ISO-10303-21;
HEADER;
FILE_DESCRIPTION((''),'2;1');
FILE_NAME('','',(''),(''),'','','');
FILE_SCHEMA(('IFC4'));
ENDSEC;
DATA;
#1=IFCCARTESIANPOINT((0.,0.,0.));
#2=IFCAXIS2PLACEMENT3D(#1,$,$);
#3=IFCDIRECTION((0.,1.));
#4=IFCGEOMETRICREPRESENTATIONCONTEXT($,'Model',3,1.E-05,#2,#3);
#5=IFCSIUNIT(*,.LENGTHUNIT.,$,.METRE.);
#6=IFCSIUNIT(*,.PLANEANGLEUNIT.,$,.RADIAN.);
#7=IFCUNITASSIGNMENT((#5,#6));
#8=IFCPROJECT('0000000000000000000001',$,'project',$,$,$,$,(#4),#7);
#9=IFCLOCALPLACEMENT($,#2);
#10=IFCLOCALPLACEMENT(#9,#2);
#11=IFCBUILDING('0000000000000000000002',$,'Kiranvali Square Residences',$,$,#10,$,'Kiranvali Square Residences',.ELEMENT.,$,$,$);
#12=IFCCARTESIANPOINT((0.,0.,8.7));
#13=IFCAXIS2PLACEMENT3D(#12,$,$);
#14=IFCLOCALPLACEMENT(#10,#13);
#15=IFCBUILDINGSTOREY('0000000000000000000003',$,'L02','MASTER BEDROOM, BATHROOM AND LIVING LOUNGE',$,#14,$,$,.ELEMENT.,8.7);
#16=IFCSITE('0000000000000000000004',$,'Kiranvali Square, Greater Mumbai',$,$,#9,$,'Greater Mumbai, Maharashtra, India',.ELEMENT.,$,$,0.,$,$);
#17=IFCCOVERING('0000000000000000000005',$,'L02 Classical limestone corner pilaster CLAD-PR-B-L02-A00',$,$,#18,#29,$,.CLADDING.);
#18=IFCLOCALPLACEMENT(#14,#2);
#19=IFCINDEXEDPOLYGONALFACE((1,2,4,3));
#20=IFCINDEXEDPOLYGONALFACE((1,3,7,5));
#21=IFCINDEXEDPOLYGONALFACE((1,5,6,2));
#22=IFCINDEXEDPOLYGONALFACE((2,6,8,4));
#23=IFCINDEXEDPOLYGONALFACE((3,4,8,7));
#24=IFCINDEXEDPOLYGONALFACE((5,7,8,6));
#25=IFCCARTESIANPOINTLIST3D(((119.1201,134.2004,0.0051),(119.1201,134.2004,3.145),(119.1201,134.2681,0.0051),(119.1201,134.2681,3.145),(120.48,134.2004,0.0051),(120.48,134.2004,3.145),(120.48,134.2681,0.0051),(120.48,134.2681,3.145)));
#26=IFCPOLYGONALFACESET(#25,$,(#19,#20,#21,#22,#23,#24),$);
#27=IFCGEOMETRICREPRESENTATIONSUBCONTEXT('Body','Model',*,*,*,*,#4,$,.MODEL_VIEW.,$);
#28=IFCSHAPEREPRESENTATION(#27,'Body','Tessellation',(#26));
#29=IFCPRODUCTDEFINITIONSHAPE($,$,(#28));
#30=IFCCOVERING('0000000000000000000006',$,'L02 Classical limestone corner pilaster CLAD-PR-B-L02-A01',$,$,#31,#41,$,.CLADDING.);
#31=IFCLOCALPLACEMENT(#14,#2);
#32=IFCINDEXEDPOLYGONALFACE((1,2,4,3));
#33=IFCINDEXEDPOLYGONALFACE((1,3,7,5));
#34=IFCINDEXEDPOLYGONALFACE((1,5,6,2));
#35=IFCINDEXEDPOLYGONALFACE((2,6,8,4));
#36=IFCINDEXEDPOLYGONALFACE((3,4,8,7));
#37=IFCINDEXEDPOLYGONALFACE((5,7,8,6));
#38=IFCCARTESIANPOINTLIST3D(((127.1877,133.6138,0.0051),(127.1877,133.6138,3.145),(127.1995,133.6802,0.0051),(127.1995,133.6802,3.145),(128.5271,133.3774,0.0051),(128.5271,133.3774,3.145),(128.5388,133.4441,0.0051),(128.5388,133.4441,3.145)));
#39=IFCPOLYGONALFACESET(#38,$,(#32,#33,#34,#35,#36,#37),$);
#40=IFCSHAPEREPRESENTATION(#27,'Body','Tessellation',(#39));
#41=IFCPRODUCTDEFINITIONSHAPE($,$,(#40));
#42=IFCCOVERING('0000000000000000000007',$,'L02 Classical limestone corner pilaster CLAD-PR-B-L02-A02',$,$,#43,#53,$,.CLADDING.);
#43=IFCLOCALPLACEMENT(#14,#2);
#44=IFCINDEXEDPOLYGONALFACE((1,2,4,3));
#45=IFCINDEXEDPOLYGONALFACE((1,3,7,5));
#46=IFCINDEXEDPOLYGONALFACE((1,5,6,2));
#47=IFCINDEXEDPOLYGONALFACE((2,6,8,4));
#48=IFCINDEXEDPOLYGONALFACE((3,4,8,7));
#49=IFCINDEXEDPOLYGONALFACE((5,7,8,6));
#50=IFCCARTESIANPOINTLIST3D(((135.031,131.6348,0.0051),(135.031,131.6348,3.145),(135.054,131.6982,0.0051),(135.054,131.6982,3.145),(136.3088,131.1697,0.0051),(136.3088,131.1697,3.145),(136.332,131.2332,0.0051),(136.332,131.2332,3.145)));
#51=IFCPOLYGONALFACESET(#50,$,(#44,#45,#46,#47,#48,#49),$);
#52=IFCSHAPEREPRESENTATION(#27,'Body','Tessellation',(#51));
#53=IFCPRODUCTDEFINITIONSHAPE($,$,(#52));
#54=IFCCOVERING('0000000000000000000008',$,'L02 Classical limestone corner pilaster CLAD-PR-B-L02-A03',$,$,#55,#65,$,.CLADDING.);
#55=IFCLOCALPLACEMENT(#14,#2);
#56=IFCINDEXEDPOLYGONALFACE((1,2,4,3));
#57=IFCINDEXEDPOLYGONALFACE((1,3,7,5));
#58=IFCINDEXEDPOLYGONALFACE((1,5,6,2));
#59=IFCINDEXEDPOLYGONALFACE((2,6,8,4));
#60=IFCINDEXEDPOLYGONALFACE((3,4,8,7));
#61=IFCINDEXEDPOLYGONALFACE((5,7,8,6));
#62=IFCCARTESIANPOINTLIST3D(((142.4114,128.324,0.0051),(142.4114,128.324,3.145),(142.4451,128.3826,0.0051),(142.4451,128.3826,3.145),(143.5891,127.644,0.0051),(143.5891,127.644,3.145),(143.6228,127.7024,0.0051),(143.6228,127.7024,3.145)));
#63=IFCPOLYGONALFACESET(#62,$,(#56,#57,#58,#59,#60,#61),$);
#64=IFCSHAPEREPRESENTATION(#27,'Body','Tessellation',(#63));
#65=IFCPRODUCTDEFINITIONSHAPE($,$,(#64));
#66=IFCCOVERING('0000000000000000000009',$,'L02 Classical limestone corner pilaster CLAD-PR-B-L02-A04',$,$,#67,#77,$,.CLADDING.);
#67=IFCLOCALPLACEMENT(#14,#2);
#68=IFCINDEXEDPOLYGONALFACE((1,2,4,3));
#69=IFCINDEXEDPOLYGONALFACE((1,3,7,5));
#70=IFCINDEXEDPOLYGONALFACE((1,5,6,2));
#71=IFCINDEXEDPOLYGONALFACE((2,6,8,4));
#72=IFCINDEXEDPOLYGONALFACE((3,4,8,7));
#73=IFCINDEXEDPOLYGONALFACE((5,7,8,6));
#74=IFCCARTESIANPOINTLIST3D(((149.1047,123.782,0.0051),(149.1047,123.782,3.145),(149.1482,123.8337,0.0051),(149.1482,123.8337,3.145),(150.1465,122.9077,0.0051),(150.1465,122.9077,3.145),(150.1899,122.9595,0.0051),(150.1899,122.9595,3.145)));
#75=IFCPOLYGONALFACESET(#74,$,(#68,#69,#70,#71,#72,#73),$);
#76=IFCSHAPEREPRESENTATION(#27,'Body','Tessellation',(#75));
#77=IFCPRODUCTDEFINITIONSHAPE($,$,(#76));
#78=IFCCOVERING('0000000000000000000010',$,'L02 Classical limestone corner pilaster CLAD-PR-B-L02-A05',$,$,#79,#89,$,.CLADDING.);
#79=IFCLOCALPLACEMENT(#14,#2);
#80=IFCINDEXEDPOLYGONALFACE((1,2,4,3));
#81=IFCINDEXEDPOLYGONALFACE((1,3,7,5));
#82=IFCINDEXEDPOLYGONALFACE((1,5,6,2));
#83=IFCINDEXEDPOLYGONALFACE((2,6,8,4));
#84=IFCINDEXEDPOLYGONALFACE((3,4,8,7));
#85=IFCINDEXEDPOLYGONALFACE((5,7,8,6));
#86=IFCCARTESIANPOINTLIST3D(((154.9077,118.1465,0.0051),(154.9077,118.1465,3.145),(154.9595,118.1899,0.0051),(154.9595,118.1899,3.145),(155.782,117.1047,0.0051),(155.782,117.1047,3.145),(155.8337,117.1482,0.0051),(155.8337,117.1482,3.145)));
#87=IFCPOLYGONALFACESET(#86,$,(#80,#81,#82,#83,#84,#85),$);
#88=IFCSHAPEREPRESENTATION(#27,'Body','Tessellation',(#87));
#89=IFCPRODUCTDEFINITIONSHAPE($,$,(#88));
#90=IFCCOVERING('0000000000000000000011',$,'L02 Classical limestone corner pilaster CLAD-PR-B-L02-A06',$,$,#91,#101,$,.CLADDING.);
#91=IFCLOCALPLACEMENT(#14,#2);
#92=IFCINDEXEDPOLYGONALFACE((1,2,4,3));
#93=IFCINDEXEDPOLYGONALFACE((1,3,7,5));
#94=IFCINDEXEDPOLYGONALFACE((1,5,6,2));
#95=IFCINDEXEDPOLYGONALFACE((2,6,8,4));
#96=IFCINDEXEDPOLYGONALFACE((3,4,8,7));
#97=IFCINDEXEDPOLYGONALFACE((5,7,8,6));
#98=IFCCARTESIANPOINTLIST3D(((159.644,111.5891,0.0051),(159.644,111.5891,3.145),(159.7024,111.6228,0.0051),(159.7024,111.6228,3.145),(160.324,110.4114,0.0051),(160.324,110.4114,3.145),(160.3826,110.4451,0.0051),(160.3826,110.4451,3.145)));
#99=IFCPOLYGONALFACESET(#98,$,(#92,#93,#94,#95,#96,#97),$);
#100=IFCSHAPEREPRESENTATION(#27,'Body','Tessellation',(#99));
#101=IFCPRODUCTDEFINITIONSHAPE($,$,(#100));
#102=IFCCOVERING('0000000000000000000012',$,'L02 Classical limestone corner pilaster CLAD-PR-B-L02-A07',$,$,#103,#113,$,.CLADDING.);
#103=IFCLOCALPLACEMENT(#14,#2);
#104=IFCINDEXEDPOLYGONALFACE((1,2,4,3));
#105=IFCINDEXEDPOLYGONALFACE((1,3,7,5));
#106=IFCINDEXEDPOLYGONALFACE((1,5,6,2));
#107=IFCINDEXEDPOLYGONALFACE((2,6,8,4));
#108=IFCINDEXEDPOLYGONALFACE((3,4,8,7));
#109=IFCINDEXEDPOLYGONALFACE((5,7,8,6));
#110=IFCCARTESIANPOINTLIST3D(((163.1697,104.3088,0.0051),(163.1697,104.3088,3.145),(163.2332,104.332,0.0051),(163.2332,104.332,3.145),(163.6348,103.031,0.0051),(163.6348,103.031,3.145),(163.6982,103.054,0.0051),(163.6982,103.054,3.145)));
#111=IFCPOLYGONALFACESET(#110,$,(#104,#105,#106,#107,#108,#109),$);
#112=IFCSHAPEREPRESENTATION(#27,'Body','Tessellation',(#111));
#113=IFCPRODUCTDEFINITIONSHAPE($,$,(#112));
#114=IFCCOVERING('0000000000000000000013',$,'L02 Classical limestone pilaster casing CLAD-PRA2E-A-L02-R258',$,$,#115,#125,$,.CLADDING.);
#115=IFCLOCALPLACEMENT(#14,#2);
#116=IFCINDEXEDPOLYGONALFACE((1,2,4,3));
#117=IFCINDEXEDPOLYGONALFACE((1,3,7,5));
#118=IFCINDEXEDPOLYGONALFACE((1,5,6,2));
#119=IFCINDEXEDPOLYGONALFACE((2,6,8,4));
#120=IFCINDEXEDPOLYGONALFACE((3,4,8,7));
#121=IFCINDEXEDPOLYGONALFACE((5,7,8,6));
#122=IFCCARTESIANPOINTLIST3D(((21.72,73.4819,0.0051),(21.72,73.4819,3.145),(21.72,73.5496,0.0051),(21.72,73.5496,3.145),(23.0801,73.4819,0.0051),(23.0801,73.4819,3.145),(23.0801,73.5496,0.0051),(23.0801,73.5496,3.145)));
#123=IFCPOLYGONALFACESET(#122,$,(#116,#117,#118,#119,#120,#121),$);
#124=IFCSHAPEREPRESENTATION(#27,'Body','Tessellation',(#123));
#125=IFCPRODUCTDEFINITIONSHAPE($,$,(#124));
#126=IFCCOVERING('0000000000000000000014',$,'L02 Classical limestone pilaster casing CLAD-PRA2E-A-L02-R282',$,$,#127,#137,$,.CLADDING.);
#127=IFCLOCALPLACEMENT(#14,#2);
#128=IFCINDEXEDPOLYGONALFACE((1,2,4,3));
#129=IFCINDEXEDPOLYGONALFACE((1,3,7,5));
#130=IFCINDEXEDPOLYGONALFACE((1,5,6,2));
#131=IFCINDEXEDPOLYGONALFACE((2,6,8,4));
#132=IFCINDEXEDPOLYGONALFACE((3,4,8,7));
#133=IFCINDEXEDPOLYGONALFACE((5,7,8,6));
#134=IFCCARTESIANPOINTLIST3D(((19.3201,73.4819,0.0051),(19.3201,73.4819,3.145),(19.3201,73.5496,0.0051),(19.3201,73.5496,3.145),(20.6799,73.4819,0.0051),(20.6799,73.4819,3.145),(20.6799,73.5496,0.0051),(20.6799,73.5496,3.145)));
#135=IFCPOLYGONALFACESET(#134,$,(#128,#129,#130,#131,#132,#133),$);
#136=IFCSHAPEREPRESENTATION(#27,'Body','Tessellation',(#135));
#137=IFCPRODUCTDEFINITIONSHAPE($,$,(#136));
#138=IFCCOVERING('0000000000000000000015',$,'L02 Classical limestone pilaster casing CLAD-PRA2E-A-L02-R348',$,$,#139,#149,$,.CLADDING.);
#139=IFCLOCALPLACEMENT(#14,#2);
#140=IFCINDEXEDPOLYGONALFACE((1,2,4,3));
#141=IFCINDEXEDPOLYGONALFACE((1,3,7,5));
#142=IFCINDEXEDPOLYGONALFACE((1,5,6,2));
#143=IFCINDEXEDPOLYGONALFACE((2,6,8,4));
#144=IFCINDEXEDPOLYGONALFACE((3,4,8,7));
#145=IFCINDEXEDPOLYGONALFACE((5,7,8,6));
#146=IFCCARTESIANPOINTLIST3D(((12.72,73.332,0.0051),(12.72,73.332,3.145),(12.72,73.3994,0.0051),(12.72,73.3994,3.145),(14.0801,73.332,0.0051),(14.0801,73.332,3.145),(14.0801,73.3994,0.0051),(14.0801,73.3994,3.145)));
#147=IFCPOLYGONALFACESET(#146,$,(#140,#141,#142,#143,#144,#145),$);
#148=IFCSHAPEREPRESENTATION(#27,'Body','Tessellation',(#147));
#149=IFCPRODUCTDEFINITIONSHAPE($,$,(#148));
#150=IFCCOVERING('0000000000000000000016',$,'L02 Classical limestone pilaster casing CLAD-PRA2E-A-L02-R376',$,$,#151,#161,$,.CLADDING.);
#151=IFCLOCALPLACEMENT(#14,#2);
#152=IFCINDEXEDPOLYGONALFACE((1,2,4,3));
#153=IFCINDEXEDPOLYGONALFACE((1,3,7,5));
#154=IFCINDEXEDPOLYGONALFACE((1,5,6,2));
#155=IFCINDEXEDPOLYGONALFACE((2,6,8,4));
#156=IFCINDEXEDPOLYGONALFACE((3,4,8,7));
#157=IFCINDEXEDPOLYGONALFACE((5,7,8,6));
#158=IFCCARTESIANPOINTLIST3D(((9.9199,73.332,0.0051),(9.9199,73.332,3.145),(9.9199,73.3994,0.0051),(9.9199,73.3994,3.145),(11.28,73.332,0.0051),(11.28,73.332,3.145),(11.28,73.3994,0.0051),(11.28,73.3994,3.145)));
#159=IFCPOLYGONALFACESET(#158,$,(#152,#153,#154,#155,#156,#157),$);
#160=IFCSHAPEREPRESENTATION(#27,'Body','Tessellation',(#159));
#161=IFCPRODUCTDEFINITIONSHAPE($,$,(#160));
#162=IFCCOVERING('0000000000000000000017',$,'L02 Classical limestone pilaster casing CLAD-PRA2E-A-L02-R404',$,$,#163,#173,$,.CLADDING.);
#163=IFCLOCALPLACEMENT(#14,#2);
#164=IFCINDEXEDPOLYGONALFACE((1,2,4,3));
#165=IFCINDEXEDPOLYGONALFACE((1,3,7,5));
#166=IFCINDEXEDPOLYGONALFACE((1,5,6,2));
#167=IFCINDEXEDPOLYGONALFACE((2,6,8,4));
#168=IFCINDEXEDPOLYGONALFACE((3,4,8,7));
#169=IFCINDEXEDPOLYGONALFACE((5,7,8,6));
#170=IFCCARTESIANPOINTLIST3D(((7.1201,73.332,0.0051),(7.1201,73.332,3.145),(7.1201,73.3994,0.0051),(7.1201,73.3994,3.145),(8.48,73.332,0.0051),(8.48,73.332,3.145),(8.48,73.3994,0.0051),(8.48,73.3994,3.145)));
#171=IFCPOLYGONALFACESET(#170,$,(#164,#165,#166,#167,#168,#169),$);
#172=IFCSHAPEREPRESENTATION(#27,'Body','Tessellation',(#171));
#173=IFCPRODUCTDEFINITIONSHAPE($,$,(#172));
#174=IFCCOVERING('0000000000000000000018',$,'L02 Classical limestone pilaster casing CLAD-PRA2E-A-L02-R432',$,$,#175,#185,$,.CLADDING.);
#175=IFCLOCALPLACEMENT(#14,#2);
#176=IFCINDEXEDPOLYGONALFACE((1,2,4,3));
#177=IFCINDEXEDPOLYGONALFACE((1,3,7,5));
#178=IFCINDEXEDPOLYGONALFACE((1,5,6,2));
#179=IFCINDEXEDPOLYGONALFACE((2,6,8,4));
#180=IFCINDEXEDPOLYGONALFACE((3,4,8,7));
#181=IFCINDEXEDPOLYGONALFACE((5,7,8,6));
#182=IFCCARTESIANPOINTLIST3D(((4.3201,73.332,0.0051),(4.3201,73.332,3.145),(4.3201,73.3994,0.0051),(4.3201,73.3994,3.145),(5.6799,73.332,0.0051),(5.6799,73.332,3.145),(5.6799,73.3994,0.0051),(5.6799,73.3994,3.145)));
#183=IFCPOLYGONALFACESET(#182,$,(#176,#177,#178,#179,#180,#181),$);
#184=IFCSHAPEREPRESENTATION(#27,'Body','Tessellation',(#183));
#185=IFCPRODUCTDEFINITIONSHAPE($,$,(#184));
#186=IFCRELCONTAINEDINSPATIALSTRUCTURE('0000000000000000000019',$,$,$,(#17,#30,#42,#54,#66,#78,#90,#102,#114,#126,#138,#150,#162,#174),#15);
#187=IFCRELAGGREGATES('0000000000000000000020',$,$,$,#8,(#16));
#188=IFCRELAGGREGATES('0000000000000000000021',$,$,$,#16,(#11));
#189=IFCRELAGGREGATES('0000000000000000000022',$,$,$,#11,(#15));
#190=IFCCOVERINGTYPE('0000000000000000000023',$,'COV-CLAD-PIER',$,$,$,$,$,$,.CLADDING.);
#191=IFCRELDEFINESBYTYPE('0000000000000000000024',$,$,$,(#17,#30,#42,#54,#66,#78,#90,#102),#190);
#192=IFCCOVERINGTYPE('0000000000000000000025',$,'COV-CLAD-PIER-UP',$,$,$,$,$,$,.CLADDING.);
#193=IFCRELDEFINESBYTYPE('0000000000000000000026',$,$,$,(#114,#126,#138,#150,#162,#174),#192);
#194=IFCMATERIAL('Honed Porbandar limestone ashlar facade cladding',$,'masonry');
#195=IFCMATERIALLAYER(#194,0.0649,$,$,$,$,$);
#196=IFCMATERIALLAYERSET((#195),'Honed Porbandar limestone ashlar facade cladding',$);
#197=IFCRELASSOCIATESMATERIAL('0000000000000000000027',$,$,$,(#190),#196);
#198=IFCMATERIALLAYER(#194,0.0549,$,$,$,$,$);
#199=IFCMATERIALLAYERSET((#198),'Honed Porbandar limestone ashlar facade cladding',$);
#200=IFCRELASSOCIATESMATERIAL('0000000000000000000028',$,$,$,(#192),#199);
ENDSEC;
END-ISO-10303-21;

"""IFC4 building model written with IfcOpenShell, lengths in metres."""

from ifc_helpers import new_model, si_unit, direction, frame, origin, place, context, subcontext, project, spatial, polyline, outline, extrude, material, layer, layer_set, type_object, element, save


model = new_model("IFC4")

# Units and contexts
model_context = context("Model", 3, precision=1e-05, world=origin(), true_north=direction((0.0, 1.0)))
body_context = subcontext(model_context, "Body", "Model", "MODEL_VIEW")
ifc_project = project(units=[si_unit("LENGTHUNIT", "METRE"), si_unit("PLANEANGLEUNIT", "RADIAN")], contexts=[model_context])

# Site, building, storey
site_placement = place(None, origin())
site = spatial("IfcSite", under=ifc_project, at=site_placement, Name="Kiranvali Square, Greater Mumbai", LongName="Greater Mumbai, Maharashtra, India", CompositionType="ELEMENT", RefElevation=0.0)
building_placement = place(site_placement, origin())
building = spatial("IfcBuilding", under=site, at=building_placement, Name="Kiranvali Square Residences", LongName="Kiranvali Square Residences", CompositionType="ELEMENT")
storey_placement = place(building_placement, frame((0.0, 0.0, 8.7)))
storey = spatial("IfcBuildingStorey", under=building, at=storey_placement, Name="L02", Description="MASTER BEDROOM, BATHROOM AND LIVING LOUNGE", CompositionType="ELEMENT", Elevation=8.7)

# Coverings
ifc_material = material(Name="Honed Porbandar limestone ashlar facade cladding", Category="masonry")
ifc_layer_1 = layer(ifc_material, 0.0649)
ifc_layer_set_1 = layer_set([ifc_layer_1], Name="Honed Porbandar limestone ashlar facade cladding")
covering_type_1 = type_object("IfcCoveringType", Name="COV-CLAD-PIER", PredefinedType="CLADDING", material=ifc_layer_set_1)
covering_1_placement = place(storey_placement, frame((0.0, 0.0, 0.0051)))
element("IfcCovering", 1, at=covering_1_placement, inside=storey, type_object=covering_type_1, Name="L02 Classical limestone corner pilaster CLAD-PR-B-L02-A00", PredefinedType="CLADDING", context=body_context, shape_type="SweptSolid", body=[
    extrude(outline(polyline([(120.48, 134.2681), (119.1201, 134.2681), (119.1201, 134.2004), (120.48, 134.2004), (120.48, 134.2681)])), origin(), (0.0, 0.0, 1.0), 3.1399),
])
covering_2_placement = place(storey_placement, frame((0.0, 0.0, 0.0051)))
element("IfcCovering", 2, at=covering_2_placement, inside=storey, type_object=covering_type_1, Name="L02 Classical limestone corner pilaster CLAD-PR-B-L02-A01", PredefinedType="CLADDING", context=body_context, shape_type="SweptSolid", body=[
    extrude(outline(polyline([(128.5388, 133.4441), (127.1995, 133.6802), (127.1877, 133.6138), (128.5271, 133.3774), (128.5388, 133.4441)])), origin(), (0.0, 0.0, 1.0), 3.1399),
])
covering_3_placement = place(storey_placement, frame((0.0, 0.0, 0.0051)))
element("IfcCovering", 3, at=covering_3_placement, inside=storey, type_object=covering_type_1, Name="L02 Classical limestone corner pilaster CLAD-PR-B-L02-A02", PredefinedType="CLADDING", context=body_context, shape_type="SweptSolid", body=[
    extrude(outline(polyline([(136.332, 131.2332), (135.054, 131.6982), (135.031, 131.6348), (136.3088, 131.1697), (136.332, 131.2332)])), origin(), (0.0, 0.0, 1.0), 3.1399),
])
covering_4_placement = place(storey_placement, frame((0.0, 0.0, 0.0051)))
element("IfcCovering", 4, at=covering_4_placement, inside=storey, type_object=covering_type_1, Name="L02 Classical limestone corner pilaster CLAD-PR-B-L02-A03", PredefinedType="CLADDING", context=body_context, shape_type="SweptSolid", body=[
    extrude(outline(polyline([(143.6228, 127.7024), (142.4451, 128.3826), (142.4114, 128.324), (143.5891, 127.644), (143.6228, 127.7024)])), origin(), (0.0, 0.0, 1.0), 3.1399),
])
covering_5_placement = place(storey_placement, frame((0.0, 0.0, 0.0051)))
element("IfcCovering", 5, at=covering_5_placement, inside=storey, type_object=covering_type_1, Name="L02 Classical limestone corner pilaster CLAD-PR-B-L02-A04", PredefinedType="CLADDING", context=body_context, shape_type="SweptSolid", body=[
    extrude(outline(polyline([(150.1899, 122.9595), (149.1482, 123.8337), (149.1047, 123.782), (150.1465, 122.9077), (150.1899, 122.9595)])), origin(), (0.0, 0.0, 1.0), 3.1399),
])
covering_6_placement = place(storey_placement, frame((0.0, 0.0, 0.0051)))
element("IfcCovering", 6, at=covering_6_placement, inside=storey, type_object=covering_type_1, Name="L02 Classical limestone corner pilaster CLAD-PR-B-L02-A05", PredefinedType="CLADDING", context=body_context, shape_type="SweptSolid", body=[
    extrude(outline(polyline([(155.8337, 117.1482), (154.9595, 118.1899), (154.9077, 118.1465), (155.782, 117.1047), (155.8337, 117.1482)])), origin(), (0.0, 0.0, 1.0), 3.1399),
])
covering_7_placement = place(storey_placement, frame((0.0, 0.0, 0.0051)))
element("IfcCovering", 7, at=covering_7_placement, inside=storey, type_object=covering_type_1, Name="L02 Classical limestone corner pilaster CLAD-PR-B-L02-A06", PredefinedType="CLADDING", context=body_context, shape_type="SweptSolid", body=[
    extrude(outline(polyline([(160.3826, 110.4451), (159.7024, 111.6228), (159.644, 111.5891), (160.324, 110.4114), (160.3826, 110.4451)])), origin(), (0.0, 0.0, 1.0), 3.1399),
])
covering_8_placement = place(storey_placement, frame((0.0, 0.0, 0.0051)))
element("IfcCovering", 8, at=covering_8_placement, inside=storey, type_object=covering_type_1, Name="L02 Classical limestone corner pilaster CLAD-PR-B-L02-A07", PredefinedType="CLADDING", context=body_context, shape_type="SweptSolid", body=[
    extrude(outline(polyline([(163.6982, 103.054), (163.2332, 104.332), (163.1697, 104.3088), (163.6348, 103.031), (163.6982, 103.054)])), origin(), (0.0, 0.0, 1.0), 3.1399),
])
ifc_layer_2 = layer(ifc_material, 0.0549)
ifc_layer_set_2 = layer_set([ifc_layer_2], Name="Honed Porbandar limestone ashlar facade cladding")
covering_type_2 = type_object("IfcCoveringType", Name="COV-CLAD-PIER-UP", PredefinedType="CLADDING", material=ifc_layer_set_2)
covering_9_placement = place(storey_placement, frame((0.0, 0.0, 0.0051)))
element("IfcCovering", 9, at=covering_9_placement, inside=storey, type_object=covering_type_2, Name="L02 Classical limestone pilaster casing CLAD-PRA2E-A-L02-R258", PredefinedType="CLADDING", context=body_context, shape_type="SweptSolid", body=[
    extrude(outline(polyline([(23.0801, 73.5496), (21.72, 73.5496), (21.72, 73.4819), (23.0801, 73.4819), (23.0801, 73.5496)])), origin(), (0.0, 0.0, 1.0), 3.1399),
])
covering_10_placement = place(storey_placement, frame((0.0, 0.0, 0.0051)))
element("IfcCovering", 10, at=covering_10_placement, inside=storey, type_object=covering_type_2, Name="L02 Classical limestone pilaster casing CLAD-PRA2E-A-L02-R282", PredefinedType="CLADDING", context=body_context, shape_type="SweptSolid", body=[
    extrude(outline(polyline([(20.6799, 73.5496), (19.3201, 73.5496), (19.3201, 73.4819), (20.6799, 73.4819), (20.6799, 73.5496)])), origin(), (0.0, 0.0, 1.0), 3.1399),
])
covering_11_placement = place(storey_placement, frame((0.0, 0.0, 0.0051)))
element("IfcCovering", 11, at=covering_11_placement, inside=storey, type_object=covering_type_2, Name="L02 Classical limestone pilaster casing CLAD-PRA2E-A-L02-R348", PredefinedType="CLADDING", context=body_context, shape_type="SweptSolid", body=[
    extrude(outline(polyline([(14.0801, 73.3994), (12.72, 73.3994), (12.72, 73.332), (14.0801, 73.332), (14.0801, 73.3994)])), origin(), (0.0, 0.0, 1.0), 3.1399),
])
covering_12_placement = place(storey_placement, frame((0.0, 0.0, 0.0051)))
element("IfcCovering", 12, at=covering_12_placement, inside=storey, type_object=covering_type_2, Name="L02 Classical limestone pilaster casing CLAD-PRA2E-A-L02-R376", PredefinedType="CLADDING", context=body_context, shape_type="SweptSolid", body=[
    extrude(outline(polyline([(11.28, 73.3994), (9.9199, 73.3994), (9.9199, 73.332), (11.28, 73.332), (11.28, 73.3994)])), origin(), (0.0, 0.0, 1.0), 3.1399),
])
covering_13_placement = place(storey_placement, frame((0.0, 0.0, 0.0051)))
element("IfcCovering", 13, at=covering_13_placement, inside=storey, type_object=covering_type_2, Name="L02 Classical limestone pilaster casing CLAD-PRA2E-A-L02-R404", PredefinedType="CLADDING", context=body_context, shape_type="SweptSolid", body=[
    extrude(outline(polyline([(8.48, 73.3994), (7.1201, 73.3994), (7.1201, 73.332), (8.48, 73.332), (8.48, 73.3994)])), origin(), (0.0, 0.0, 1.0), 3.1399),
])
covering_14_placement = place(storey_placement, frame((0.0, 0.0, 0.0051)))
element("IfcCovering", 14, at=covering_14_placement, inside=storey, type_object=covering_type_2, Name="L02 Classical limestone pilaster casing CLAD-PRA2E-A-L02-R432", PredefinedType="CLADDING", context=body_context, shape_type="SweptSolid", body=[
    extrude(outline(polyline([(5.6799, 73.3994), (4.3201, 73.3994), (4.3201, 73.332), (5.6799, 73.332), (5.6799, 73.3994)])), origin(), (0.0, 0.0, 1.0), 3.1399),
])

save(model, "model.ifc")
